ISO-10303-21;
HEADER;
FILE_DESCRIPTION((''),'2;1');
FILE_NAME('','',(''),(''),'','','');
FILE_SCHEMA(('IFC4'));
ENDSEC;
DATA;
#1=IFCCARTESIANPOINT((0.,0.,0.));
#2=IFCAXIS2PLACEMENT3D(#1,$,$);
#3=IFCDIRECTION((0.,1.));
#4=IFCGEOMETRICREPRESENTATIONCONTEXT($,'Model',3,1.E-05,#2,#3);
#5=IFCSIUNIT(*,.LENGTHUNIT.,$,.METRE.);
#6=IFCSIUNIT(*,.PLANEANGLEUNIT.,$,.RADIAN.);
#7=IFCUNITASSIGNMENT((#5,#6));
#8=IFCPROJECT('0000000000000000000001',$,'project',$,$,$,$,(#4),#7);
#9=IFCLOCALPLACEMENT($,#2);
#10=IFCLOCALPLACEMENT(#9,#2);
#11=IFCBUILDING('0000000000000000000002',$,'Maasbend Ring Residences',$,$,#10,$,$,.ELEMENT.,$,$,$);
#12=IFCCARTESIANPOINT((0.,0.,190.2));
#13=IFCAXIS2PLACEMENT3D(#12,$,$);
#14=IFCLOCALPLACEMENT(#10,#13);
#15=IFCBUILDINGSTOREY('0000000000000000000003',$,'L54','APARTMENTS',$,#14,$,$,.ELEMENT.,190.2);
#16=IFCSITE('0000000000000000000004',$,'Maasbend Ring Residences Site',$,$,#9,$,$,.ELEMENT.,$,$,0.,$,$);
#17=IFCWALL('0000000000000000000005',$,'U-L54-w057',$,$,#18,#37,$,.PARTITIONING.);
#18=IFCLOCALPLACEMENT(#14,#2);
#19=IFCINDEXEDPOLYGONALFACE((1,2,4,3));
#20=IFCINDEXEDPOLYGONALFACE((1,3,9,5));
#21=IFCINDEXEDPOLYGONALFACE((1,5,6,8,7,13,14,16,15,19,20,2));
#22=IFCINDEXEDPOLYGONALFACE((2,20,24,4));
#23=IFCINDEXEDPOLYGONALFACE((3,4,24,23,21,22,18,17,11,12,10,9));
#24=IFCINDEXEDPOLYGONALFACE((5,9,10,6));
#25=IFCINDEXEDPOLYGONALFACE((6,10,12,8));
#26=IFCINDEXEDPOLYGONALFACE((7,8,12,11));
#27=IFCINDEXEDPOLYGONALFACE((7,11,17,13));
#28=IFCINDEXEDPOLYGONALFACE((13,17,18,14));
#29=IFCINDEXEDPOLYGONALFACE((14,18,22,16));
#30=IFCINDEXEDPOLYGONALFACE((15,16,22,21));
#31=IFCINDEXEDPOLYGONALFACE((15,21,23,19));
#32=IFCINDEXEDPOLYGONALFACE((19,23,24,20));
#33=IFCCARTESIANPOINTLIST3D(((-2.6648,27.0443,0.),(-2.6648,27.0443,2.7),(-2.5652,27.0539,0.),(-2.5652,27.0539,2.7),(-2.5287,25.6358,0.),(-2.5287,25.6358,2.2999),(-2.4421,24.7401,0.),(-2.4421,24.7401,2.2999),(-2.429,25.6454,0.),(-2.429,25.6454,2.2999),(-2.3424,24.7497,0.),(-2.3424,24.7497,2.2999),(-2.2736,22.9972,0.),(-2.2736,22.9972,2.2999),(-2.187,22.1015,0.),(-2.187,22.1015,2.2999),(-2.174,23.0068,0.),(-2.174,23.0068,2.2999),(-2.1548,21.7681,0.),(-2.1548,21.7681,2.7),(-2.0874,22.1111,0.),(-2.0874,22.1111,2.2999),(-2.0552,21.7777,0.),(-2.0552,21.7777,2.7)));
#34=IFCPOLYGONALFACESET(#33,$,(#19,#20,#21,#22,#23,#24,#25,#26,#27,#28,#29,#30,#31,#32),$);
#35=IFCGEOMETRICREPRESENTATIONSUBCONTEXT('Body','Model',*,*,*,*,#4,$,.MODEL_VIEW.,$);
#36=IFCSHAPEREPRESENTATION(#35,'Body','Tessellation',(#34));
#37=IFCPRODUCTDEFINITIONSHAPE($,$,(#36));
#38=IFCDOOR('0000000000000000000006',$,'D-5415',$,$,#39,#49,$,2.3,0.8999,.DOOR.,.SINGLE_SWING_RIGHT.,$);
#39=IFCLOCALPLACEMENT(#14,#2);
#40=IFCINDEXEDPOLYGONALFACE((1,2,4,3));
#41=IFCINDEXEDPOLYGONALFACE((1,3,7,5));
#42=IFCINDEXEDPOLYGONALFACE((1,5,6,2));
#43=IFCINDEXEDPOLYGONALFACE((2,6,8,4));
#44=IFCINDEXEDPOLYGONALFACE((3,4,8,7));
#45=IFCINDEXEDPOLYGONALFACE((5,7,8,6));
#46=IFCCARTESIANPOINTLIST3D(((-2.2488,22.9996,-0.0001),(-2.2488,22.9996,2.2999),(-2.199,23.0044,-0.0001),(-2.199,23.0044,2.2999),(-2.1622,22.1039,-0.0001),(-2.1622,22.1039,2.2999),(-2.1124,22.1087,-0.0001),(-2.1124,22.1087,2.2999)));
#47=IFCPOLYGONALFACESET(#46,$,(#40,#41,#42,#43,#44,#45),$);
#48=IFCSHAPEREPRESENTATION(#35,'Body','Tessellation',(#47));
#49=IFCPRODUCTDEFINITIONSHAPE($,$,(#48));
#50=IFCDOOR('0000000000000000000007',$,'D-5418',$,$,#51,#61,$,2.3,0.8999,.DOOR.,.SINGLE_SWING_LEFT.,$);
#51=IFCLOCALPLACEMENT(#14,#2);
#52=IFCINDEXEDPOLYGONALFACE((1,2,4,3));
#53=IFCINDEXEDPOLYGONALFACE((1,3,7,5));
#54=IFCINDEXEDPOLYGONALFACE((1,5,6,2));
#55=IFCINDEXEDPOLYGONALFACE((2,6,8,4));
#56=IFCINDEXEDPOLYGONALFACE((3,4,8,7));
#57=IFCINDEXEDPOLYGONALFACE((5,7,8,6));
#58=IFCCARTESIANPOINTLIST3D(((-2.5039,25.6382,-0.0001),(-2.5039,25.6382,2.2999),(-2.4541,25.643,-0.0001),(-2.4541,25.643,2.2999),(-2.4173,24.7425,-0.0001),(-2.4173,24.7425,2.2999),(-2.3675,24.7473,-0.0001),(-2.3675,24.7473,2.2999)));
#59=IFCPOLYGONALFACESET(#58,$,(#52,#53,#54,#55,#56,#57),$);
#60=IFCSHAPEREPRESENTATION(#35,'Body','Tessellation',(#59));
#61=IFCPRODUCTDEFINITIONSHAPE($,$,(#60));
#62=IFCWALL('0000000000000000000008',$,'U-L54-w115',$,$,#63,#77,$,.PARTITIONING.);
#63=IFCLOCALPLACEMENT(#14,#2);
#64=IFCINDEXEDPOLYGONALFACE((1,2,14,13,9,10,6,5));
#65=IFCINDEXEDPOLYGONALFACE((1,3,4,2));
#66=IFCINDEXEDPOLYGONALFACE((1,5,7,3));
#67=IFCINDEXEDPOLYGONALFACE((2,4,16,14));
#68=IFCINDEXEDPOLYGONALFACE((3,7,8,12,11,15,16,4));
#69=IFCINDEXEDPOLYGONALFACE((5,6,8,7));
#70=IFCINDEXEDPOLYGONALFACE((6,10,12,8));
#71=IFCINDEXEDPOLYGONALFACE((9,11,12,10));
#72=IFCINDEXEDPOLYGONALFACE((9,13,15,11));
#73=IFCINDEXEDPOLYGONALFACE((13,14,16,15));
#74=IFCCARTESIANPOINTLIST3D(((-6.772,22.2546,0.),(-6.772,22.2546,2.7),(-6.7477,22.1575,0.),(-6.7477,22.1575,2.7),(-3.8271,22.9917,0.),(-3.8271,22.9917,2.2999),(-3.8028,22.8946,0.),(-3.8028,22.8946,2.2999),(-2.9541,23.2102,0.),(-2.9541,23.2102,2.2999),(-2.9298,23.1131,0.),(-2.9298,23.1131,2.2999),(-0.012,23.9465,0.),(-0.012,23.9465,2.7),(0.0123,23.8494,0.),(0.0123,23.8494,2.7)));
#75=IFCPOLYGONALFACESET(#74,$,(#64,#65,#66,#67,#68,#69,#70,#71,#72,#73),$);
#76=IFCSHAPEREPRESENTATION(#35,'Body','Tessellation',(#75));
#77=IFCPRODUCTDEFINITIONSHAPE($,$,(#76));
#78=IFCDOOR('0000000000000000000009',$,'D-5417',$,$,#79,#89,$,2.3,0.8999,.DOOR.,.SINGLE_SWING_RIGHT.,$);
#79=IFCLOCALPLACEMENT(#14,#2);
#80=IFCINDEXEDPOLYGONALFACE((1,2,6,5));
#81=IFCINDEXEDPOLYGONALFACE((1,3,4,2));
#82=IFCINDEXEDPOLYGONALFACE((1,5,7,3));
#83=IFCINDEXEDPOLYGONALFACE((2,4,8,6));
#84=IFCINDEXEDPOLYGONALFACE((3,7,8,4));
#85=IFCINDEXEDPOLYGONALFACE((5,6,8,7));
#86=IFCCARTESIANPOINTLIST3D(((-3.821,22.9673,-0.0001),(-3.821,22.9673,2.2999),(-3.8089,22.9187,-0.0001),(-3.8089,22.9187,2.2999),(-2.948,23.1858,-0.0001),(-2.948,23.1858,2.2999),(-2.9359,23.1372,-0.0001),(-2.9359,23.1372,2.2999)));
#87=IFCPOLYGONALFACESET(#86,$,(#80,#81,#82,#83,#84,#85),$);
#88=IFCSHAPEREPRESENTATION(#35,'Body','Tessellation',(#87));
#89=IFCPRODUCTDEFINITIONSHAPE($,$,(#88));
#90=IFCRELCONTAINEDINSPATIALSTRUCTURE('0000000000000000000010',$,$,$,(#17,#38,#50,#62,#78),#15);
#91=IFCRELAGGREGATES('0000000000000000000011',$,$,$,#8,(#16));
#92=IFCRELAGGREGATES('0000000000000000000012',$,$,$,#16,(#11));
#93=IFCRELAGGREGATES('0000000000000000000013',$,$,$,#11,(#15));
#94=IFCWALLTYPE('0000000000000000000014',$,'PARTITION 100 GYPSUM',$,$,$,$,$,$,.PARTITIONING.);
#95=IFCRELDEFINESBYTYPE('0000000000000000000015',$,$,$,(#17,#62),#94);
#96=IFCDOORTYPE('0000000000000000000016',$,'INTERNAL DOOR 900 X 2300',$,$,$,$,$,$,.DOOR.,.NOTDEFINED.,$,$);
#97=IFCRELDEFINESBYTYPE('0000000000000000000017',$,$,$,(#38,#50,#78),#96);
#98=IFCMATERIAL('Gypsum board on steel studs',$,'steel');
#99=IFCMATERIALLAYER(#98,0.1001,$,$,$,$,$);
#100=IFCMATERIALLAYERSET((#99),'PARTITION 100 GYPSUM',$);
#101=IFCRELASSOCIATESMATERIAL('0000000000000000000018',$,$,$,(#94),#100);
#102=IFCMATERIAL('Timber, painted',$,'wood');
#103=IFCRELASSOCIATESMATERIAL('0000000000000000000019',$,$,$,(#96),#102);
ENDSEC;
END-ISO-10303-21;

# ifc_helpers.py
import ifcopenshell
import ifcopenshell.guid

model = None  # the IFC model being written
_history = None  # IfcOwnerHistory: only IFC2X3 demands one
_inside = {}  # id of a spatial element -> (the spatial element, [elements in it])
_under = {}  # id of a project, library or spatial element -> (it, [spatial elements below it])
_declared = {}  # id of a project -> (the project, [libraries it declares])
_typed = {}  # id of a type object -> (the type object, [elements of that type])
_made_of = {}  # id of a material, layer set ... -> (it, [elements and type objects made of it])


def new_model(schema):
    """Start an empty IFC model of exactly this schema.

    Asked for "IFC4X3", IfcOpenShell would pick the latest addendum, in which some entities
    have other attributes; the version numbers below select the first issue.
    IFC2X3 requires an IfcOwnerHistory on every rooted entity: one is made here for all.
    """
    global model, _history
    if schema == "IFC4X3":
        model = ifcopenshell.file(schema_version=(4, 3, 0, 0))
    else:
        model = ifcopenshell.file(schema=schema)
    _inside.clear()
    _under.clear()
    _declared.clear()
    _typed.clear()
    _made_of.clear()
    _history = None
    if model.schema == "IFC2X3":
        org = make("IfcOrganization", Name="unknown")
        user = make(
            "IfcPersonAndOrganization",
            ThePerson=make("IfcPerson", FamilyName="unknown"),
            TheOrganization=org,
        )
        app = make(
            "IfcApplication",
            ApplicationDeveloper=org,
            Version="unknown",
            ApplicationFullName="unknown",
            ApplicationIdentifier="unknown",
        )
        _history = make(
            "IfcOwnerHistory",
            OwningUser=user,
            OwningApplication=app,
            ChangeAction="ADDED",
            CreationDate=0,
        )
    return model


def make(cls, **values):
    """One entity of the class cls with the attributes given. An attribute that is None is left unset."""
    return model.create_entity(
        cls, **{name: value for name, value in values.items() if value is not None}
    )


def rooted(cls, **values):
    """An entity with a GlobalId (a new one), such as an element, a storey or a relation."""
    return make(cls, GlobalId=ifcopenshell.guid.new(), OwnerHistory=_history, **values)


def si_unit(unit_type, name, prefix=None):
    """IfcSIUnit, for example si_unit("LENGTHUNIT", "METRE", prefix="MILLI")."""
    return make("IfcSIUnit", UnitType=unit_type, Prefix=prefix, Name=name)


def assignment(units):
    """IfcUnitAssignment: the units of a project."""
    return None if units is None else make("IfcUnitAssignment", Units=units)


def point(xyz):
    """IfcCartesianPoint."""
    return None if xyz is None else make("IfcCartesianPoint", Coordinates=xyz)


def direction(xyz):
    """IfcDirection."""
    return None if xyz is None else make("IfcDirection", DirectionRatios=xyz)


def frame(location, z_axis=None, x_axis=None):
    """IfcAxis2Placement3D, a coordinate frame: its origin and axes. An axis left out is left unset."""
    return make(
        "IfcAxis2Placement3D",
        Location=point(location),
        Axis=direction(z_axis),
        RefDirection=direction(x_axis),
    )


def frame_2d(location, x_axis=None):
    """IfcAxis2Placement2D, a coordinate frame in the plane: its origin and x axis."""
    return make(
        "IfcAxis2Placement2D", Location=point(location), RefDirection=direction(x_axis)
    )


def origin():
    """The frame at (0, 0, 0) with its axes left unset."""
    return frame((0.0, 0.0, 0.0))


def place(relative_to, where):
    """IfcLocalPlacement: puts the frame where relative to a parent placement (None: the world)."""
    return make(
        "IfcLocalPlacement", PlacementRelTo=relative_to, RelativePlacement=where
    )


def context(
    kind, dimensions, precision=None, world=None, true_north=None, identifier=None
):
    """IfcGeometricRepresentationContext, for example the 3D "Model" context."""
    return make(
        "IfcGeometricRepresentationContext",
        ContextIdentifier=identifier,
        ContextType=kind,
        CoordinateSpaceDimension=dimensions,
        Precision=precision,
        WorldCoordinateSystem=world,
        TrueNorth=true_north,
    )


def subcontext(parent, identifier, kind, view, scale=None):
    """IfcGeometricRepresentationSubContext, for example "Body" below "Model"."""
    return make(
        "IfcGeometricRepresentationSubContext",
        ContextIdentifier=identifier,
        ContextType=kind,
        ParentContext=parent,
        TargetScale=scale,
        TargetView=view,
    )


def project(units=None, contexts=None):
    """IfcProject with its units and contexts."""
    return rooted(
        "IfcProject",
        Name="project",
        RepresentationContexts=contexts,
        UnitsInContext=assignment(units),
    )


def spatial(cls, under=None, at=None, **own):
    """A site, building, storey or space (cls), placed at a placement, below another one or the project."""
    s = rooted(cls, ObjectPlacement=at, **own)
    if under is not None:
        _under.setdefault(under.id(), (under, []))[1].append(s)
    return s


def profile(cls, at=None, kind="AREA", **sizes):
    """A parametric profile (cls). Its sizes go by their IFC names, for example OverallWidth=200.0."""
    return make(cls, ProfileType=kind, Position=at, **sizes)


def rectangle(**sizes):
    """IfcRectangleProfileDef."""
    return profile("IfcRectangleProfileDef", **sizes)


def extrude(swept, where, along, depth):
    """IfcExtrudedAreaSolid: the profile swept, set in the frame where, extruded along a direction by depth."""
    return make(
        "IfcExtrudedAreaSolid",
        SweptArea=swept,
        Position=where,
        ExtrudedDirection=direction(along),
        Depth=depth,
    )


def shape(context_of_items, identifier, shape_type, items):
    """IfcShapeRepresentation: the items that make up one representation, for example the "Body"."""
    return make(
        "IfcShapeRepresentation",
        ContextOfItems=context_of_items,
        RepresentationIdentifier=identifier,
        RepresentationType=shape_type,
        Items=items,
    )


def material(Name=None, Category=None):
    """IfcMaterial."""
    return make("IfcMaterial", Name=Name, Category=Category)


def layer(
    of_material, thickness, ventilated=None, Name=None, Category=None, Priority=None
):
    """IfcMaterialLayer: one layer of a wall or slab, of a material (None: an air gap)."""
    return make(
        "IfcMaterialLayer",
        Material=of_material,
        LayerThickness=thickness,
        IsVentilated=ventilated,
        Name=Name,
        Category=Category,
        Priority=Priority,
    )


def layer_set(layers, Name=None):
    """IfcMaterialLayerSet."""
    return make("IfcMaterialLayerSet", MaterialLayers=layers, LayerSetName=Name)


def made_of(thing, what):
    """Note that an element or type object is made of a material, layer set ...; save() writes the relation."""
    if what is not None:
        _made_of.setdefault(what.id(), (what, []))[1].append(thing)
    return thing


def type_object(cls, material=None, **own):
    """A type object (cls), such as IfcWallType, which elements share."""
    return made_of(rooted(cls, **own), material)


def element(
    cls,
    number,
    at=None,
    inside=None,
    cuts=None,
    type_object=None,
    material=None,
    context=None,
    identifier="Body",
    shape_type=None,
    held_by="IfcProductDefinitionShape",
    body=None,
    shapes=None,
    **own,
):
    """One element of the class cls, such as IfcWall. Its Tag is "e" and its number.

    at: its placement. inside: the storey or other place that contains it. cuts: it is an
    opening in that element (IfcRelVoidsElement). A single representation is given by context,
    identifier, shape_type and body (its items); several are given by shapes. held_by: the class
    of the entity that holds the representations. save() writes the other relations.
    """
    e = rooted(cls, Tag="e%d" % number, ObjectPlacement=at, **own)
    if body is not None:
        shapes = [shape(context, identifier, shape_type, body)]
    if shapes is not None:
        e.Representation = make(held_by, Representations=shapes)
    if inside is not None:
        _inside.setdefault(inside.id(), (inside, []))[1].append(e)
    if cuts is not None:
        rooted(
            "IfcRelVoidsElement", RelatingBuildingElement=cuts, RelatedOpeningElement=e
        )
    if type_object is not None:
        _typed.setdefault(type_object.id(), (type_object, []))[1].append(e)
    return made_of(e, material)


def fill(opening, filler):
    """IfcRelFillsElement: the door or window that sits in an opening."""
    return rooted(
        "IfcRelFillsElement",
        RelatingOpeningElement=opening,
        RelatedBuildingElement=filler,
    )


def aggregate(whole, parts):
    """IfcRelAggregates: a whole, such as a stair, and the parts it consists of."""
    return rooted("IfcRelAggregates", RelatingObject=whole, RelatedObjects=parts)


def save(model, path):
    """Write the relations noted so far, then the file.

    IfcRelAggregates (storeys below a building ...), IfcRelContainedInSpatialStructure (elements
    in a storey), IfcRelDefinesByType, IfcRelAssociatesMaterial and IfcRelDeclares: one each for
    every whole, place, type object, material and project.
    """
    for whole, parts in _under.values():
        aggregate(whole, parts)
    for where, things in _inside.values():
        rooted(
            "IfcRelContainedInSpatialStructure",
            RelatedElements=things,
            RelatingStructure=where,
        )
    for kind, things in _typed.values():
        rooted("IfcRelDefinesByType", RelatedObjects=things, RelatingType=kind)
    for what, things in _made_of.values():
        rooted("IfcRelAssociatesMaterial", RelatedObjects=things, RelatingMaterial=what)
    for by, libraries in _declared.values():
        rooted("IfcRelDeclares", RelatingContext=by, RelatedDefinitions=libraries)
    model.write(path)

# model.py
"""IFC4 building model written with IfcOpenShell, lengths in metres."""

from ifc_helpers import new_model, si_unit, direction, frame, frame_2d, origin, place, context, subcontext, project, spatial, rectangle, extrude, material, layer, layer_set, type_object, element, fill, save


model = new_model("IFC4")

# Units and contexts
model_context = context("Model", 3, precision=1e-05, world=origin(), true_north=direction((0.0, 1.0)))
body_context = subcontext(model_context, "Body", "Model", "MODEL_VIEW")
ifc_project = project(units=[si_unit("LENGTHUNIT", "METRE"), si_unit("PLANEANGLEUNIT", "RADIAN")], contexts=[model_context])

# Site, building, storey
site_placement = place(None, origin())
site = spatial("IfcSite", under=ifc_project, at=site_placement, Name="Maasbend Ring Residences Site", CompositionType="ELEMENT", RefElevation=0.0)
building_placement = place(site_placement, origin())
building = spatial("IfcBuilding", under=site, at=building_placement, Name="Maasbend Ring Residences", CompositionType="ELEMENT")
storey_placement = place(building_placement, frame((0.0, 0.0, 190.2)))
storey = spatial("IfcBuildingStorey", under=building, at=storey_placement, Name="L54", Description="APARTMENTS", CompositionType="ELEMENT", Elevation=190.2)

# Shared definitions
ifc_material_1 = material(Name="Gypsum board on steel studs", Category="steel")
ifc_layer_1 = layer(ifc_material_1, 0.1001)
ifc_layer_set_1 = layer_set([ifc_layer_1], Name="PARTITION 100 GYPSUM")
wall_type_1 = type_object("IfcWallType", Name="PARTITION 100 GYPSUM", PredefinedType="PARTITIONING", material=ifc_layer_set_1)
ifc_material_2 = material(Name="Timber, painted", Category="wood")
door_type_1 = type_object("IfcDoorType", Name="INTERNAL DOOR 900 X 2300", OperationType="NOTDEFINED", PredefinedType="DOOR", material=ifc_material_2)

# Wall, openings, doors
wall_1_placement = place(storey_placement, frame((-2.615, 27.0491, 0.0), z_axis=(0.0, 0.0, 1.0), x_axis=(0.096215, -0.995361, 0.0)))
wall_1 = element("IfcWall", 1, at=wall_1_placement, inside=storey, type_object=wall_type_1, Name="U-L54-w057", PredefinedType="PARTITIONING", context=body_context, shape_type="SweptSolid", body=[
    extrude(rectangle(XDim=5.3008, YDim=0.1001, at=frame_2d((2.6504, 0.0))), origin(), (0.0, 0.0, 1.0), 2.7),
])
opening_1_placement = place(wall_1_placement, frame((4.0659, 0.0, 0.0)))
opening_1 = element("IfcOpeningElement", 2, at=opening_1_placement, cuts=wall_1, PredefinedType="OPENING", context=body_context, shape_type="SweptSolid", body=[
    extrude(rectangle(XDim=0.8999, YDim=2.3, at=frame_2d((0.45, 1.1499))), frame((0.0, 0.0601, 0.0), z_axis=(0.0, -1.0, 0.0), x_axis=(1.0, 0.0, 0.0)), (0.0, 0.0, 1.0), 0.1201),
])
opening_2_placement = place(wall_1_placement, frame((1.415, 0.0, 0.0)))
opening_2 = element("IfcOpeningElement", 3, at=opening_2_placement, cuts=wall_1, PredefinedType="OPENING", context=body_context, shape_type="SweptSolid", body=[
    extrude(rectangle(XDim=0.8999, YDim=2.3, at=frame_2d((0.45, 1.1499))), frame((0.0, 0.0601, 0.0), z_axis=(0.0, -1.0, 0.0), x_axis=(1.0, 0.0, 0.0)), (0.0, 0.0, 1.0), 0.1201),
])
door_1_placement = place(opening_1_placement, origin())
door_1 = element("IfcDoor", 4, at=door_1_placement, inside=storey, type_object=door_type_1, Name="D-5415", OperationType="SINGLE_SWING_RIGHT", OverallHeight=2.3, OverallWidth=0.8999, PredefinedType="DOOR", context=body_context, shape_type="SweptSolid", body=[
    extrude(rectangle(XDim=0.8999, YDim=2.3, at=frame_2d((0.45, 1.1499))), frame((0.0, 0.0249, 0.0), z_axis=(0.0, -1.0, 0.0), x_axis=(1.0, 0.0, 0.0)), (0.0, 0.0, 1.0), 0.05),
])
fill(opening_1, door_1)
door_2_placement = place(opening_2_placement, origin())
door_2 = element("IfcDoor", 5, at=door_2_placement, inside=storey, type_object=door_type_1, Name="D-5418", OperationType="SINGLE_SWING_LEFT", OverallHeight=2.3, OverallWidth=0.8999, PredefinedType="DOOR", context=body_context, shape_type="SweptSolid", body=[
    extrude(rectangle(XDim=0.8999, YDim=2.3, at=frame_2d((0.45, 1.1499))), frame((0.0, 0.0249, 0.0), z_axis=(0.0, -1.0, 0.0), x_axis=(1.0, 0.0, 0.0)), (0.0, 0.0, 1.0), 0.05),
])
fill(opening_2, door_2)

# Wall, opening, door
wall_2_placement = place(storey_placement, frame((-6.76, 22.2061, 0.0), z_axis=(0.0, 0.0, 1.0), x_axis=(0.970079, 0.242791, 0.0)))
wall_2 = element("IfcWall", 6, at=wall_2_placement, inside=storey, type_object=wall_type_1, Name="U-L54-w115", PredefinedType="PARTITIONING", context=body_context, shape_type="SweptSolid", body=[
    extrude(rectangle(XDim=6.9685, YDim=0.1001, at=frame_2d((3.4844, 0.0))), origin(), (0.0, 0.0, 1.0), 2.7),
])
opening_3_placement = place(wall_2_placement, frame((3.0359, 0.0, 0.0)))
opening_3 = element("IfcOpeningElement", 7, at=opening_3_placement, cuts=wall_2, PredefinedType="OPENING", context=body_context, shape_type="SweptSolid", body=[
    extrude(rectangle(XDim=0.8999, YDim=2.3, at=frame_2d((0.45, 1.1499))), frame((0.0, 0.0601, 0.0), z_axis=(0.0, -1.0, 0.0), x_axis=(1.0, 0.0, 0.0)), (0.0, 0.0, 1.0), 0.1201),
])
door_3_placement = place(opening_3_placement, origin())
door_3 = element("IfcDoor", 8, at=door_3_placement, inside=storey, type_object=door_type_1, Name="D-5417", OperationType="SINGLE_SWING_RIGHT", OverallHeight=2.3, OverallWidth=0.8999, PredefinedType="DOOR", context=body_context, shape_type="SweptSolid", body=[
    extrude(rectangle(XDim=0.8999, YDim=2.3, at=frame_2d((0.45, 1.1499))), frame((0.0, 0.0249, 0.0), z_axis=(0.0, -1.0, 0.0), x_axis=(1.0, 0.0, 0.0)), (0.0, 0.0, 1.0), 0.05),
])
fill(opening_3, door_3)

save(model, "model.ifc")
